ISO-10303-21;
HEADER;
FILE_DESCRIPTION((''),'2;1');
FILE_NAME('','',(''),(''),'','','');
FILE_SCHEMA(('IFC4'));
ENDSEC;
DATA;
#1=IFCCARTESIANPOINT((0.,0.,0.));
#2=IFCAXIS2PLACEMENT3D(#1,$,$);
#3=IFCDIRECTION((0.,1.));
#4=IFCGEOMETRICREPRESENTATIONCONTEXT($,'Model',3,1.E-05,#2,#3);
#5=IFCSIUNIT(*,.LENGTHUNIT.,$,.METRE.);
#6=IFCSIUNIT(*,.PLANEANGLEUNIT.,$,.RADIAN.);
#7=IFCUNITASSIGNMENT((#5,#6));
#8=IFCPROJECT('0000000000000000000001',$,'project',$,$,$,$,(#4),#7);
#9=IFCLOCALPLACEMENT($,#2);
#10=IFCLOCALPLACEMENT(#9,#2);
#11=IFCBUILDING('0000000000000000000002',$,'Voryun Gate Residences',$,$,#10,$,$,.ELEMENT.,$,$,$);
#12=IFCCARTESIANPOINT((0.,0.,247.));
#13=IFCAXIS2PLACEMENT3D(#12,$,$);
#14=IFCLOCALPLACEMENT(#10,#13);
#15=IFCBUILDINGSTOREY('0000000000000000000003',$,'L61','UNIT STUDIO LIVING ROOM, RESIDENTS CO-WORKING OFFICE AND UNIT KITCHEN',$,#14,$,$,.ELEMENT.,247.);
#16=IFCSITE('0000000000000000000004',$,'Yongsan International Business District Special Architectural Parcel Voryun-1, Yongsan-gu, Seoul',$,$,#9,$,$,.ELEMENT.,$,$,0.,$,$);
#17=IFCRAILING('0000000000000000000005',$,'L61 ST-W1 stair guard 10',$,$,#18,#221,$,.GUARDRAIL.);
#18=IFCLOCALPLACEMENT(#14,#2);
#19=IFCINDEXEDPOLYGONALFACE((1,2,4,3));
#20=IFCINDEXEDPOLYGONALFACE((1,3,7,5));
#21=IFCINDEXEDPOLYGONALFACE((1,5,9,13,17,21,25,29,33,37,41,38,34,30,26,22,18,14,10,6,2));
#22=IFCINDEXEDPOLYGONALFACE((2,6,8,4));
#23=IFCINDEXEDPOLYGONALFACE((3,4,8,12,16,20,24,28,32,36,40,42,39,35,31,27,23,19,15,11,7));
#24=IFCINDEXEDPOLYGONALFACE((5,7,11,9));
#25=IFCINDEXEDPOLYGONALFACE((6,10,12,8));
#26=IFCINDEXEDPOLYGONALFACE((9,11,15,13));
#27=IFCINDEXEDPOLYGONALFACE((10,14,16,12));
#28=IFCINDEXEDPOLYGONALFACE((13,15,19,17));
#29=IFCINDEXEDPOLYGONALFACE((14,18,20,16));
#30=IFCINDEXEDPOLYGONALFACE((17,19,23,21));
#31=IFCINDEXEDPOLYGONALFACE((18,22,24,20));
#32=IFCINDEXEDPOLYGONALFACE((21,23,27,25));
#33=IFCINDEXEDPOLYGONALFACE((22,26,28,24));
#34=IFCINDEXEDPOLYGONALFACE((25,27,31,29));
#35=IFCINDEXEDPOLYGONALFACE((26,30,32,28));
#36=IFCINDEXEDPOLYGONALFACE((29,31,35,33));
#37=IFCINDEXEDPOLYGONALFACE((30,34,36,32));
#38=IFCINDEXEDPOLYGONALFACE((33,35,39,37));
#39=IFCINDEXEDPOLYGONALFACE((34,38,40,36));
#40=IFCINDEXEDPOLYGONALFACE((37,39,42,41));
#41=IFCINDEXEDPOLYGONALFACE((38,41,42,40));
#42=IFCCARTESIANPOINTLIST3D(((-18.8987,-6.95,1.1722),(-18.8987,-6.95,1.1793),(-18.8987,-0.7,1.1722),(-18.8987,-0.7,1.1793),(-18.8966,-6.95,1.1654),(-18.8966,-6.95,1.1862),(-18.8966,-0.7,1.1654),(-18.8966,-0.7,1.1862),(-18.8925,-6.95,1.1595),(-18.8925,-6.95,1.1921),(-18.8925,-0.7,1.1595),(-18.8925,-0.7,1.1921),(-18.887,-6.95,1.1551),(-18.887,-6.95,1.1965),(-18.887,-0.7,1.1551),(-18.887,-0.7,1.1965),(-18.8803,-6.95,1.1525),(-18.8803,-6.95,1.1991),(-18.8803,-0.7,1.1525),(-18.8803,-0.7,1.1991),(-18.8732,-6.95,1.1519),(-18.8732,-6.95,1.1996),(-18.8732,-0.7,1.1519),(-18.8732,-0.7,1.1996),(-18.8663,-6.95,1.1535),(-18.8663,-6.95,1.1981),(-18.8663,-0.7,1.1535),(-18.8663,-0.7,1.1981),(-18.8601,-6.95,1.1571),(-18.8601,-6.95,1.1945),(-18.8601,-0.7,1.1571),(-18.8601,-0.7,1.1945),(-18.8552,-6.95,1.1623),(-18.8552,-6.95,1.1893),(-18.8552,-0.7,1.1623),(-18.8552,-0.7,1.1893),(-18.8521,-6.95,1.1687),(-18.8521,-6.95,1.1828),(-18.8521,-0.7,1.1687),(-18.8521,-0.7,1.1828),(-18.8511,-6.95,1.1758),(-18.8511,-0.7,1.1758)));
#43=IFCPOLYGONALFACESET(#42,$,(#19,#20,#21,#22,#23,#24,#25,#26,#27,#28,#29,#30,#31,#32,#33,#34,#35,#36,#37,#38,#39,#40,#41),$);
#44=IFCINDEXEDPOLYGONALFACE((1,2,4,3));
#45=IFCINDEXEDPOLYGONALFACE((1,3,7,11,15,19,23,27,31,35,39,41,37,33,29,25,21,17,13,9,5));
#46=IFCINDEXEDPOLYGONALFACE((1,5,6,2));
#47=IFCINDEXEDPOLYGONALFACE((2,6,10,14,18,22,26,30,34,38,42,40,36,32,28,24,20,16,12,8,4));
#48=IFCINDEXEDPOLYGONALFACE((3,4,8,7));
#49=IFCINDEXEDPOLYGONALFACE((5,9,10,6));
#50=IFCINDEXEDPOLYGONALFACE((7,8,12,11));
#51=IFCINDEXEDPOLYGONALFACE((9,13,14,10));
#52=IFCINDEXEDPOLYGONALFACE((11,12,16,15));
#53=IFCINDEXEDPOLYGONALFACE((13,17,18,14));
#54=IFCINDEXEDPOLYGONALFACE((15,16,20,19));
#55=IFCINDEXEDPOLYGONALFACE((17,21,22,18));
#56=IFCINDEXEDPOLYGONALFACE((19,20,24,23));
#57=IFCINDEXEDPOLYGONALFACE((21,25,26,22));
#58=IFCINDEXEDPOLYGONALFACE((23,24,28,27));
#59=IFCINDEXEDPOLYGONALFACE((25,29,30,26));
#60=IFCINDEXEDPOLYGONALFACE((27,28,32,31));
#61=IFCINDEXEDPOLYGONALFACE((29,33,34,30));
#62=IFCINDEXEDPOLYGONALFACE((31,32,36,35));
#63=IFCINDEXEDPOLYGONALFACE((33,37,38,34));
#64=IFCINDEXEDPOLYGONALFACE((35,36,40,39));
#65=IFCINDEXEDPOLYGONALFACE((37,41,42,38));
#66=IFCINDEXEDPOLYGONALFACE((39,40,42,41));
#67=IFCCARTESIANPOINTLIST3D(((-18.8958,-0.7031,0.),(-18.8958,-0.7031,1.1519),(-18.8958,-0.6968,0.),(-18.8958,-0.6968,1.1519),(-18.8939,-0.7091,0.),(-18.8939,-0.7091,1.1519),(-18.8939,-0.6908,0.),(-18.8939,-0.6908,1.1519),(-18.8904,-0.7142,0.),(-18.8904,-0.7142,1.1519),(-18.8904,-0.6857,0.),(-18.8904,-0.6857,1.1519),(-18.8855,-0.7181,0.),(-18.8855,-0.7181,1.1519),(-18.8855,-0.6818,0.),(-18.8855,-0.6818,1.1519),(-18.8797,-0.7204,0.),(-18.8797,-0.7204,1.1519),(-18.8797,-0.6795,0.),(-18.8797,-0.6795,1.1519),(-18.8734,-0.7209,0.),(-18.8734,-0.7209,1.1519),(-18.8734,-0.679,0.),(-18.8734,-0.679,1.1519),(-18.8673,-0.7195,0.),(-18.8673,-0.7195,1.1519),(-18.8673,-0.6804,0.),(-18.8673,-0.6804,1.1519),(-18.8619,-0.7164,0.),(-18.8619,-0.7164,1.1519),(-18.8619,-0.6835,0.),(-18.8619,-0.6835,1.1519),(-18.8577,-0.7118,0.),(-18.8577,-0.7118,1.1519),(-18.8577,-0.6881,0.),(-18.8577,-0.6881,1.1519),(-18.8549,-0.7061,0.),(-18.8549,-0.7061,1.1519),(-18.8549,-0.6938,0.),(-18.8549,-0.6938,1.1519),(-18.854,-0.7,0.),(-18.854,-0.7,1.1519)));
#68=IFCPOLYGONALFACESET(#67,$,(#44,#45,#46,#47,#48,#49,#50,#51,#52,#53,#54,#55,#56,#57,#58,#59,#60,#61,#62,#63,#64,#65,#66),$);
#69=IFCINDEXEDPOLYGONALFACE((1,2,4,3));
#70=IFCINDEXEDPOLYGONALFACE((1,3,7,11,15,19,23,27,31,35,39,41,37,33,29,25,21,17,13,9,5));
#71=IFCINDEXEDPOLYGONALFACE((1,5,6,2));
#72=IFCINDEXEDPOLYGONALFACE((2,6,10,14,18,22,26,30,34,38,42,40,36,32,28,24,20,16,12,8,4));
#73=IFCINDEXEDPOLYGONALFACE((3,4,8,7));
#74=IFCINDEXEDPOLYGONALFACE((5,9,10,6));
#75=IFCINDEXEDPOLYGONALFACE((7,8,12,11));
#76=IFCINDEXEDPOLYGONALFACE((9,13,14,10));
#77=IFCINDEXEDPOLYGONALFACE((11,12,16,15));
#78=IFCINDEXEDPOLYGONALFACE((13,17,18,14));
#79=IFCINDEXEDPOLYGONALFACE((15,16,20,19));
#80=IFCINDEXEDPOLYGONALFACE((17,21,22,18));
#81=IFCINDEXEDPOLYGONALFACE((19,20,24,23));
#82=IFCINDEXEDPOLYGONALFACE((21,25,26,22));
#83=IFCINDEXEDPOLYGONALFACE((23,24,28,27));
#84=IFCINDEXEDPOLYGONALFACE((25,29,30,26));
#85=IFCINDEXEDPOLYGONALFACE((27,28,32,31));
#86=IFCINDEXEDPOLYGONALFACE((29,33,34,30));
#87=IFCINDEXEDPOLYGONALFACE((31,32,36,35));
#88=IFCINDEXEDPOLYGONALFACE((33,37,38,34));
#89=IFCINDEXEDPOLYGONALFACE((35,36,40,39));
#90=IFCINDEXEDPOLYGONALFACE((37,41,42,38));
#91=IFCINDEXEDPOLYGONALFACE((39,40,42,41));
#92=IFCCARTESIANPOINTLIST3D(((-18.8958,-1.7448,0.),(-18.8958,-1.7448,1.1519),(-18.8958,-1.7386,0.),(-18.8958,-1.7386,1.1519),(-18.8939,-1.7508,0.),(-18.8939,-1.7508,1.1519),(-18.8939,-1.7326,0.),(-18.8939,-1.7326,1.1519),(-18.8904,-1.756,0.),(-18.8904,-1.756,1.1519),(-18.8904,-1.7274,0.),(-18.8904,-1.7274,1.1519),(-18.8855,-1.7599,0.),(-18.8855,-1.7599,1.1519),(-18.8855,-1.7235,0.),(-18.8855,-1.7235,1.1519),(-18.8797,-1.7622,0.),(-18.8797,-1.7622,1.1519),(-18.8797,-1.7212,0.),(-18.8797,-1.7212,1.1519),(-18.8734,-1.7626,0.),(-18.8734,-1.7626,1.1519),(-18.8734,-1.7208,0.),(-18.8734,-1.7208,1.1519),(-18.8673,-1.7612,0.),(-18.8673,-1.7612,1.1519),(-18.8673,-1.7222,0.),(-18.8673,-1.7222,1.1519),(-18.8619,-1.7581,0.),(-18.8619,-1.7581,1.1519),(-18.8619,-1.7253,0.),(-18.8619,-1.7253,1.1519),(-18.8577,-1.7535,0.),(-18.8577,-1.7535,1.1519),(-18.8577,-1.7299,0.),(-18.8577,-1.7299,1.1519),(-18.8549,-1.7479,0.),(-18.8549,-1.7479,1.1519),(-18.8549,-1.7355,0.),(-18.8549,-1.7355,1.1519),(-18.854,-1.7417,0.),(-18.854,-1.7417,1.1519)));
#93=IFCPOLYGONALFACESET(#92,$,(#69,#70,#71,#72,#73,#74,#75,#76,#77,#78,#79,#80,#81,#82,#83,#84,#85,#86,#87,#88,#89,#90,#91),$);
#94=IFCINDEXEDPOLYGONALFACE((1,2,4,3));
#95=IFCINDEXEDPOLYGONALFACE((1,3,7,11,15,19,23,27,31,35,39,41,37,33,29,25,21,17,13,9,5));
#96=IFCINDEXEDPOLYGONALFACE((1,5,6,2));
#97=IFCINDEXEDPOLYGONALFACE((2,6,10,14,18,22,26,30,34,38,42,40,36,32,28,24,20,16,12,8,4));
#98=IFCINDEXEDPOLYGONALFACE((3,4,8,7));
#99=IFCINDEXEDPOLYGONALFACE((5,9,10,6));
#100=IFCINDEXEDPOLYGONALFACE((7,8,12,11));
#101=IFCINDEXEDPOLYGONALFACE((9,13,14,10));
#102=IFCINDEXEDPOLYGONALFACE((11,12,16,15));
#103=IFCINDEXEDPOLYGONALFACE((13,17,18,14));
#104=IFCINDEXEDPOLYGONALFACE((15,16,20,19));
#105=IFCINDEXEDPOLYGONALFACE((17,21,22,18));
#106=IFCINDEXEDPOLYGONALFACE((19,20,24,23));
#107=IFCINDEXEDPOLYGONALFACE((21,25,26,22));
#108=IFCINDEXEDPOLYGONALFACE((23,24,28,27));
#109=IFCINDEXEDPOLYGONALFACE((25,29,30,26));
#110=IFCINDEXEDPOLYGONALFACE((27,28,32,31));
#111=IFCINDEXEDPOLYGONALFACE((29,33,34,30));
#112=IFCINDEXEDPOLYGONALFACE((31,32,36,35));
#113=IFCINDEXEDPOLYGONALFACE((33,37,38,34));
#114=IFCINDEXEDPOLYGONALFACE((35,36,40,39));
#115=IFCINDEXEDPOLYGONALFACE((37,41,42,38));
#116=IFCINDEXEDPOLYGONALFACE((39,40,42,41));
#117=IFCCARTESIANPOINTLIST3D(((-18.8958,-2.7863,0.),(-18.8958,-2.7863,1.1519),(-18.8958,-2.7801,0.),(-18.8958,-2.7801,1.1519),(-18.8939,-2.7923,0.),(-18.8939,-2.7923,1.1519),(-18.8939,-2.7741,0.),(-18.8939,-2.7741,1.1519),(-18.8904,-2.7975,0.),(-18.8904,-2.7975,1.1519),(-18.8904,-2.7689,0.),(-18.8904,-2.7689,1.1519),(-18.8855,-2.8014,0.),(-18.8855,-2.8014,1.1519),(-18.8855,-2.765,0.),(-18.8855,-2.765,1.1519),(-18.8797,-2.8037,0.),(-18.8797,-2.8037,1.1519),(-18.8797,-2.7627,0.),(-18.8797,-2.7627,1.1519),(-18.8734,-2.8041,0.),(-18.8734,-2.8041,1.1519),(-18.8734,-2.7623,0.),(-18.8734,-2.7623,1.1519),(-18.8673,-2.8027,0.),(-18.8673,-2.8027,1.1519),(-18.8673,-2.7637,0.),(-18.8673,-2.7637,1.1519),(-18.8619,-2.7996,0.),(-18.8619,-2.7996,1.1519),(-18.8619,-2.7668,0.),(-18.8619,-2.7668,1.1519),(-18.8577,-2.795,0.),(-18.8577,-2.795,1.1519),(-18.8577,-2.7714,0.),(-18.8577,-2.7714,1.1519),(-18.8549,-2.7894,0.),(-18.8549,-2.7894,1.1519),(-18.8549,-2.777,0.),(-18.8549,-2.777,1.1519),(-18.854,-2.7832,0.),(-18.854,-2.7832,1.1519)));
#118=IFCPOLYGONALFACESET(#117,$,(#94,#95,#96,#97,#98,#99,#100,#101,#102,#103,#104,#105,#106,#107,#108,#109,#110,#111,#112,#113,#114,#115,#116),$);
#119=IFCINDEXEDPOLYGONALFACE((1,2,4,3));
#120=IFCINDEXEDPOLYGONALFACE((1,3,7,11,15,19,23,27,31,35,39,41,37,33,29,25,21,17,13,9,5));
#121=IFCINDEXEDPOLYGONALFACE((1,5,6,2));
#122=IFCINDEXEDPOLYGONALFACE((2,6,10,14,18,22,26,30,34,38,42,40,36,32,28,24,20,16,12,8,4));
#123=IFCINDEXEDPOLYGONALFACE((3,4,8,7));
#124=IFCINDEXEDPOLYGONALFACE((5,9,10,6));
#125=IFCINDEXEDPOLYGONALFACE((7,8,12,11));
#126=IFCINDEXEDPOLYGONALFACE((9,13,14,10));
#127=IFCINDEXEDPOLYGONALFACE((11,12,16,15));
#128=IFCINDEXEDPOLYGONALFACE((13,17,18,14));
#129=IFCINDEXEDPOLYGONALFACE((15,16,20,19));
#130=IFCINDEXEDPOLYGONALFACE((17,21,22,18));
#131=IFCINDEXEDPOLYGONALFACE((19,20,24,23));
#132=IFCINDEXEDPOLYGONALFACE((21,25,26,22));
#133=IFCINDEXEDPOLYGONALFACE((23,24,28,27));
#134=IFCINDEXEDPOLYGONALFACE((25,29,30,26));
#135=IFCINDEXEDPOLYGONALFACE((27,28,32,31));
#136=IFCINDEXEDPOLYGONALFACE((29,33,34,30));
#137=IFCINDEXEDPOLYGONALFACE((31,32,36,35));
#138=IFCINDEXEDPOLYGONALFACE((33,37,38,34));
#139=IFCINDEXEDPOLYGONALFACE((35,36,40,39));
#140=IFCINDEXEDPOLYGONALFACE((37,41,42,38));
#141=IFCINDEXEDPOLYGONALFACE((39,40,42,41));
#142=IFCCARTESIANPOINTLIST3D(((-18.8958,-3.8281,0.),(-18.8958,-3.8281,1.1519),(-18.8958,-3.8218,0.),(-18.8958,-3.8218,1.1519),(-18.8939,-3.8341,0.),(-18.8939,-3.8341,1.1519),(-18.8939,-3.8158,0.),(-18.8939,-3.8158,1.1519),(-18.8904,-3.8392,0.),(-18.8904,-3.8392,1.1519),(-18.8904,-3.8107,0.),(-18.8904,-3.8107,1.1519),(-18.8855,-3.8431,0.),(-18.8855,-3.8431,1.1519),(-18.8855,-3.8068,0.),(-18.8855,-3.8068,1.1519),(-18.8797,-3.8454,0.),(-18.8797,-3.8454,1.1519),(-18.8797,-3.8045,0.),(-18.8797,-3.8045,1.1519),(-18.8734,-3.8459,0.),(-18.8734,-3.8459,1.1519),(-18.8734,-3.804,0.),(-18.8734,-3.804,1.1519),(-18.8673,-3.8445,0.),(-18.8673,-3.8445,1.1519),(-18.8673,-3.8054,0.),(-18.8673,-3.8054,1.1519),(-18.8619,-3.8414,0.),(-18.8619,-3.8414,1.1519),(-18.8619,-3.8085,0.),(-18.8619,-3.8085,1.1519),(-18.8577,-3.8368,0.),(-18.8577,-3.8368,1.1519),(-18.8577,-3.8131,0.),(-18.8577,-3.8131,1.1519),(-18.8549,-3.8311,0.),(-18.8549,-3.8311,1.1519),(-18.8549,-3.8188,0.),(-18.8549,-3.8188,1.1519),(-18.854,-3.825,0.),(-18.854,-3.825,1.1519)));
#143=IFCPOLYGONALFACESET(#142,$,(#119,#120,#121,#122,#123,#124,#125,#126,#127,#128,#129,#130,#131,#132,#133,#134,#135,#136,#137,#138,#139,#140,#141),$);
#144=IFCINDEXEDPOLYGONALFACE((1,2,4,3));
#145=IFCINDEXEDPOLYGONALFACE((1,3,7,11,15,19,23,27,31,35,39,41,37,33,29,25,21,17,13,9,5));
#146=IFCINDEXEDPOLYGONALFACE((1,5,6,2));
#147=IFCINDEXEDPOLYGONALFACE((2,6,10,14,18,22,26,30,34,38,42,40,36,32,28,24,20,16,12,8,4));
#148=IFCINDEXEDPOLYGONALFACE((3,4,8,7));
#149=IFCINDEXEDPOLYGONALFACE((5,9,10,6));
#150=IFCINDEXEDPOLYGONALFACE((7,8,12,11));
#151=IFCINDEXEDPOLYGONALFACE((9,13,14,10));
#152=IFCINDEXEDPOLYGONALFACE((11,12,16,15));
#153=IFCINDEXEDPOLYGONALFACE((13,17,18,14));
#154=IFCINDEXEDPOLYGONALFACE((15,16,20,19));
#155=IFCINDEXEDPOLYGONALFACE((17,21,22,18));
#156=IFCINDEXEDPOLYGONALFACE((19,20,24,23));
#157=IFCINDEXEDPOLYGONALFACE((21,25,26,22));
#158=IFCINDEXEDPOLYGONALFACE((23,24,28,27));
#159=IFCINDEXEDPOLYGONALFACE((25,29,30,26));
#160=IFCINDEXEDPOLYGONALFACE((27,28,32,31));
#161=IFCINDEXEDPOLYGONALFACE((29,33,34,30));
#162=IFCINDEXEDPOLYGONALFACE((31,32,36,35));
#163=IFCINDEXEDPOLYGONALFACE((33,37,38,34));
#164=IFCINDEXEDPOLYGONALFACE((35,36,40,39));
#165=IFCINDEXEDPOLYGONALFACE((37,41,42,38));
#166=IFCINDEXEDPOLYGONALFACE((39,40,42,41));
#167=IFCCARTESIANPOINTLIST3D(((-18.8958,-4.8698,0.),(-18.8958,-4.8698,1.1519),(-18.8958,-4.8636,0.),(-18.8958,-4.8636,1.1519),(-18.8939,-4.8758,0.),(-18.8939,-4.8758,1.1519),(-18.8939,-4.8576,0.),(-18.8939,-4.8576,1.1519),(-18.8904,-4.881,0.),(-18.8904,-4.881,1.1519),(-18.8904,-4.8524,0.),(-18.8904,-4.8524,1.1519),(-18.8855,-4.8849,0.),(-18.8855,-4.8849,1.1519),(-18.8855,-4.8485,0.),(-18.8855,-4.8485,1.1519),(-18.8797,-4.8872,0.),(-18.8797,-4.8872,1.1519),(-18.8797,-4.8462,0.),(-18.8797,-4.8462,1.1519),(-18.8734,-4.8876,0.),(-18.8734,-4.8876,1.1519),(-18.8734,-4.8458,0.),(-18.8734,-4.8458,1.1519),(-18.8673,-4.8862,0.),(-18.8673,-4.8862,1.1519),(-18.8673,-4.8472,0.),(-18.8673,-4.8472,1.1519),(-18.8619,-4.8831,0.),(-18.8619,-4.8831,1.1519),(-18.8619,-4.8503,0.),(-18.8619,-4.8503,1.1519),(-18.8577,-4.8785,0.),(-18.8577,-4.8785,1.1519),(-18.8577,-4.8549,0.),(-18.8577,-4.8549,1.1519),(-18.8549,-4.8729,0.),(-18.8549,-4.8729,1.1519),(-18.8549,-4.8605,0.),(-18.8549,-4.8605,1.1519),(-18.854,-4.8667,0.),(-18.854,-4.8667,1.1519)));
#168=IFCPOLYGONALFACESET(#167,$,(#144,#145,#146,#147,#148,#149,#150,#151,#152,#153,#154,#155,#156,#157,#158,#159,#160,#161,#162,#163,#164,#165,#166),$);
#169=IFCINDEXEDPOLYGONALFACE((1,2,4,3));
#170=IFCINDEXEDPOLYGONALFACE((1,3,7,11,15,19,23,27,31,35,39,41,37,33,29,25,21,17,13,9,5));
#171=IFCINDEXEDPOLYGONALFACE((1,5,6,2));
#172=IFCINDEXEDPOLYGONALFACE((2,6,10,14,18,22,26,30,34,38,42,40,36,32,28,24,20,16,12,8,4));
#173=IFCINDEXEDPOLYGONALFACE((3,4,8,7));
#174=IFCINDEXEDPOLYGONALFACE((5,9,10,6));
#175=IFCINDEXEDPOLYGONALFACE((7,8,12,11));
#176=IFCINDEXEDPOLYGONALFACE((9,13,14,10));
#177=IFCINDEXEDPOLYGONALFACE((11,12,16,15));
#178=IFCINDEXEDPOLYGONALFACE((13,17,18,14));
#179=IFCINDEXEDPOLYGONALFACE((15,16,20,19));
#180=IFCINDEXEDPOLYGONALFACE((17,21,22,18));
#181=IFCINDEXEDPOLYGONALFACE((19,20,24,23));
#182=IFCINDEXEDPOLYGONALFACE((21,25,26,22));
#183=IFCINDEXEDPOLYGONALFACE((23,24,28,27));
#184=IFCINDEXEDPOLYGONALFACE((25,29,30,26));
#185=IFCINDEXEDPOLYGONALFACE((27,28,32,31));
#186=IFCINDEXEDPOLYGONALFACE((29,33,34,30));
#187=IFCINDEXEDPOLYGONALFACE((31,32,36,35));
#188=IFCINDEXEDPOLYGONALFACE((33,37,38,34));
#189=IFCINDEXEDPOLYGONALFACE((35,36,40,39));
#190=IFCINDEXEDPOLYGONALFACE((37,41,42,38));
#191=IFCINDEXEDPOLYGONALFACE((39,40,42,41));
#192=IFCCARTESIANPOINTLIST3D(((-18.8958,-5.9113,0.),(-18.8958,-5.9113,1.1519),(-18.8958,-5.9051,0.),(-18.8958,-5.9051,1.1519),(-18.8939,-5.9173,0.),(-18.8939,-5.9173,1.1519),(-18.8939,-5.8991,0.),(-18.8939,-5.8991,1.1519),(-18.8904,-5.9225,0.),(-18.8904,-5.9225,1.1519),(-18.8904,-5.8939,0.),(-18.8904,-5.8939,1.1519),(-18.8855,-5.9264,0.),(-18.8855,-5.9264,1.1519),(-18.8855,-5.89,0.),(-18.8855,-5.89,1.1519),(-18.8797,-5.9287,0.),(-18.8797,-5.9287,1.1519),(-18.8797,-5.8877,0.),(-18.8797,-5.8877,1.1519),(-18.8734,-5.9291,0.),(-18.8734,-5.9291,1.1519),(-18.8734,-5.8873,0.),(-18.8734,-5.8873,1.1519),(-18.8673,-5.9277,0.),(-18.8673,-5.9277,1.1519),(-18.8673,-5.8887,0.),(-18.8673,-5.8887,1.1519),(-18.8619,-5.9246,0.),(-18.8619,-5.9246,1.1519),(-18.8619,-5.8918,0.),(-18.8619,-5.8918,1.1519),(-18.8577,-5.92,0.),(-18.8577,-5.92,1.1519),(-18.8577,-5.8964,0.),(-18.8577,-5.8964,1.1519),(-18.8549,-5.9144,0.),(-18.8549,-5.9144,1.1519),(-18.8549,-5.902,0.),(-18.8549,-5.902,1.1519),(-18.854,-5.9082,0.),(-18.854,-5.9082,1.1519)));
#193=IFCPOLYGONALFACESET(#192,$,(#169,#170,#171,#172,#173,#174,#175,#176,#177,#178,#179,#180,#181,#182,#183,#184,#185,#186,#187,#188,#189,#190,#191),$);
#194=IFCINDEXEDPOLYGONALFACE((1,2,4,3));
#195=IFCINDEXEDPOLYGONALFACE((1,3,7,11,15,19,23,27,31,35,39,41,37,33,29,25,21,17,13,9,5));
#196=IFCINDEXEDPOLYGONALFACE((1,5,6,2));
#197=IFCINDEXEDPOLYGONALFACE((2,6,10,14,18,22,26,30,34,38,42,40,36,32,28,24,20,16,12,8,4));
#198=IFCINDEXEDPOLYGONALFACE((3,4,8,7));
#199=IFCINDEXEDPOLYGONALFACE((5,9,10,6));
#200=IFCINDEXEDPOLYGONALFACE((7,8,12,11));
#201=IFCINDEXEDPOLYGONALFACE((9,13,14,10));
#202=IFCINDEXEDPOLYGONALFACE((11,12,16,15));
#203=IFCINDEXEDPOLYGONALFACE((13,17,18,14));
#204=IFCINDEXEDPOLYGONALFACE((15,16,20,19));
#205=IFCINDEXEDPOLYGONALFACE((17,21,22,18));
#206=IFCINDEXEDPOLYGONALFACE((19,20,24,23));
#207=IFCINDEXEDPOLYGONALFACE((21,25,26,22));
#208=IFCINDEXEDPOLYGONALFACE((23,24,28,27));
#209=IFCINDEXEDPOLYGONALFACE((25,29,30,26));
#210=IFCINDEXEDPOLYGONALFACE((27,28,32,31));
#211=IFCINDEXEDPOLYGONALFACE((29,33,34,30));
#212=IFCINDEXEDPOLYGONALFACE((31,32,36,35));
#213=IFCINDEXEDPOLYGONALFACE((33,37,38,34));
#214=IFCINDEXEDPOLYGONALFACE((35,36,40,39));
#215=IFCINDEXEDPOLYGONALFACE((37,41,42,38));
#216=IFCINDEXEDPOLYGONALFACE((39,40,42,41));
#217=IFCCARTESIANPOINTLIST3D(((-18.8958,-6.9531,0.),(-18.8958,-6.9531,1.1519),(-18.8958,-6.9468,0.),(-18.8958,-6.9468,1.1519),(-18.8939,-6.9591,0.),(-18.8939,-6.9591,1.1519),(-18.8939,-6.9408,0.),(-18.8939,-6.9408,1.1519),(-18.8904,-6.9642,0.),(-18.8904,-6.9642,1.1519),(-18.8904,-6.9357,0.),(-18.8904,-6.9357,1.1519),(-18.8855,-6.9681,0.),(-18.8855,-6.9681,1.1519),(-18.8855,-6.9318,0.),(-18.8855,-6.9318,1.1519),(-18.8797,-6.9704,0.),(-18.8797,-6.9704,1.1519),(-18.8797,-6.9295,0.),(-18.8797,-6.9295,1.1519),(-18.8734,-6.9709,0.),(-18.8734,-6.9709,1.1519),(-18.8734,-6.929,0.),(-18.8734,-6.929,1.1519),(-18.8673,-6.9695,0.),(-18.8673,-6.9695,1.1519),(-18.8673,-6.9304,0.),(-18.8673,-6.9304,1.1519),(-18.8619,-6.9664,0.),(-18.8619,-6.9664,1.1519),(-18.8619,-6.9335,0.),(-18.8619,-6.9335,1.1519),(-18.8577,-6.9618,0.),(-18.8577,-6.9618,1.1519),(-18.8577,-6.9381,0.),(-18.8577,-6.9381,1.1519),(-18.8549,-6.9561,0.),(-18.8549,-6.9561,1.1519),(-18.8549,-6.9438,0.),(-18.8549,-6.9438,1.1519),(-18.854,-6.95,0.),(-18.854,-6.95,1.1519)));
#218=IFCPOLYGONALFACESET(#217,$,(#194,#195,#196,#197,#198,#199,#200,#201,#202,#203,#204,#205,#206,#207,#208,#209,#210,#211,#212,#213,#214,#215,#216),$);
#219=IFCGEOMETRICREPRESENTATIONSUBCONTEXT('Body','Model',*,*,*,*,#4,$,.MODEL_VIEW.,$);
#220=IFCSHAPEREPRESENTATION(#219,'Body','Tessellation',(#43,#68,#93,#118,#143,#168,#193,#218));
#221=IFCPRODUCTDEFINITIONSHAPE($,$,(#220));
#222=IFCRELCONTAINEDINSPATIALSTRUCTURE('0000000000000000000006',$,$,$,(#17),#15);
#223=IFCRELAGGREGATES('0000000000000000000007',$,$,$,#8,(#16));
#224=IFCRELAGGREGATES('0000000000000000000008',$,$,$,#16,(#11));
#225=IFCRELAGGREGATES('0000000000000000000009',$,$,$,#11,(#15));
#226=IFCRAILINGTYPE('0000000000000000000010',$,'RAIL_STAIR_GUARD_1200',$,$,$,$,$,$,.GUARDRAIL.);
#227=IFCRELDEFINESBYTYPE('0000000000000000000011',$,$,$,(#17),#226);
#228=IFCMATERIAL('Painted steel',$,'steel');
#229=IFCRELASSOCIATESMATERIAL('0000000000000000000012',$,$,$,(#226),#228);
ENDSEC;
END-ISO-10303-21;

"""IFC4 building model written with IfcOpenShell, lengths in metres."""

from ifc_helpers import new_model, si_unit, direction, frame, origin, origin_2d, place, context, subcontext, project, spatial, circle, extrude, material, type_object, element, save


model = new_model("IFC4")

# Units and contexts
model_context = context("Model", 3, precision=1e-05, world=origin(), true_north=direction((0.0, 1.0)))
body_context = subcontext(model_context, "Body", "Model", "MODEL_VIEW")
ifc_project = project(units=[si_unit("LENGTHUNIT", "METRE"), si_unit("PLANEANGLEUNIT", "RADIAN")], contexts=[model_context])

# Site, building, storey
site_placement = place(None, origin())
site = spatial("IfcSite", under=ifc_project, at=site_placement, Name="Yongsan International Business District Special Architectural Parcel Voryun-1, Yongsan-gu, Seoul", CompositionType="ELEMENT", RefElevation=0.0)
building_placement = place(site_placement, origin())
building = spatial("IfcBuilding", under=site, at=building_placement, Name="Voryun Gate Residences", CompositionType="ELEMENT")
storey_placement = place(building_placement, frame((0.0, 0.0, 247.0)))
storey = spatial("IfcBuildingStorey", under=building, at=storey_placement, Name="L61", Description="UNIT STUDIO LIVING ROOM, RESIDENTS CO-WORKING OFFICE AND UNIT KITCHEN", CompositionType="ELEMENT", Elevation=247.0)

# Railing
ifc_material_1 = material(Name="Painted steel", Category="steel")
railing_type_1 = type_object("IfcRailingType", Name="RAIL_STAIR_GUARD_1200", PredefinedType="GUARDRAIL", material=ifc_material_1)
railing_1_placement = place(storey_placement, frame((-18.875, -0.7, 0.0)))
element("IfcRailing", 1, at=railing_1_placement, inside=storey, type_object=railing_type_1, Name="L61 ST-W1 stair guard 10", PredefinedType="GUARDRAIL", context=body_context, shape_type="SweptSolid", body=[
    extrude(circle(Radius=0.0239, at=origin_2d()), frame((0.0, 0.0, 1.1758), z_axis=(0.0, -1.0, 0.0), x_axis=(1.0, 0.0, 0.0)), (0.0, 0.0, 1.0), 6.25),
    extrude(circle(Radius=0.021, at=origin_2d()), origin(), (0.0, 0.0, 1.0), 1.1519),
    extrude(circle(Radius=0.021, at=origin_2d()), frame((0.0, -1.0417, 0.0)), (0.0, 0.0, 1.0), 1.1519),
    extrude(circle(Radius=0.021, at=origin_2d()), frame((0.0, -2.0833, 0.0)), (0.0, 0.0, 1.0), 1.1519),
    extrude(circle(Radius=0.021, at=origin_2d()), frame((0.0, -3.125, 0.0)), (0.0, 0.0, 1.0), 1.1519),
    extrude(circle(Radius=0.021, at=origin_2d()), frame((0.0, -4.1667, 0.0)), (0.0, 0.0, 1.0), 1.1519),
    extrude(circle(Radius=0.021, at=origin_2d()), frame((0.0, -5.2083, 0.0)), (0.0, 0.0, 1.0), 1.1519),
    extrude(circle(Radius=0.021, at=origin_2d()), frame((0.0, -6.25, 0.0)), (0.0, 0.0, 1.0), 1.1519),
])

save(model, "model.ifc")
